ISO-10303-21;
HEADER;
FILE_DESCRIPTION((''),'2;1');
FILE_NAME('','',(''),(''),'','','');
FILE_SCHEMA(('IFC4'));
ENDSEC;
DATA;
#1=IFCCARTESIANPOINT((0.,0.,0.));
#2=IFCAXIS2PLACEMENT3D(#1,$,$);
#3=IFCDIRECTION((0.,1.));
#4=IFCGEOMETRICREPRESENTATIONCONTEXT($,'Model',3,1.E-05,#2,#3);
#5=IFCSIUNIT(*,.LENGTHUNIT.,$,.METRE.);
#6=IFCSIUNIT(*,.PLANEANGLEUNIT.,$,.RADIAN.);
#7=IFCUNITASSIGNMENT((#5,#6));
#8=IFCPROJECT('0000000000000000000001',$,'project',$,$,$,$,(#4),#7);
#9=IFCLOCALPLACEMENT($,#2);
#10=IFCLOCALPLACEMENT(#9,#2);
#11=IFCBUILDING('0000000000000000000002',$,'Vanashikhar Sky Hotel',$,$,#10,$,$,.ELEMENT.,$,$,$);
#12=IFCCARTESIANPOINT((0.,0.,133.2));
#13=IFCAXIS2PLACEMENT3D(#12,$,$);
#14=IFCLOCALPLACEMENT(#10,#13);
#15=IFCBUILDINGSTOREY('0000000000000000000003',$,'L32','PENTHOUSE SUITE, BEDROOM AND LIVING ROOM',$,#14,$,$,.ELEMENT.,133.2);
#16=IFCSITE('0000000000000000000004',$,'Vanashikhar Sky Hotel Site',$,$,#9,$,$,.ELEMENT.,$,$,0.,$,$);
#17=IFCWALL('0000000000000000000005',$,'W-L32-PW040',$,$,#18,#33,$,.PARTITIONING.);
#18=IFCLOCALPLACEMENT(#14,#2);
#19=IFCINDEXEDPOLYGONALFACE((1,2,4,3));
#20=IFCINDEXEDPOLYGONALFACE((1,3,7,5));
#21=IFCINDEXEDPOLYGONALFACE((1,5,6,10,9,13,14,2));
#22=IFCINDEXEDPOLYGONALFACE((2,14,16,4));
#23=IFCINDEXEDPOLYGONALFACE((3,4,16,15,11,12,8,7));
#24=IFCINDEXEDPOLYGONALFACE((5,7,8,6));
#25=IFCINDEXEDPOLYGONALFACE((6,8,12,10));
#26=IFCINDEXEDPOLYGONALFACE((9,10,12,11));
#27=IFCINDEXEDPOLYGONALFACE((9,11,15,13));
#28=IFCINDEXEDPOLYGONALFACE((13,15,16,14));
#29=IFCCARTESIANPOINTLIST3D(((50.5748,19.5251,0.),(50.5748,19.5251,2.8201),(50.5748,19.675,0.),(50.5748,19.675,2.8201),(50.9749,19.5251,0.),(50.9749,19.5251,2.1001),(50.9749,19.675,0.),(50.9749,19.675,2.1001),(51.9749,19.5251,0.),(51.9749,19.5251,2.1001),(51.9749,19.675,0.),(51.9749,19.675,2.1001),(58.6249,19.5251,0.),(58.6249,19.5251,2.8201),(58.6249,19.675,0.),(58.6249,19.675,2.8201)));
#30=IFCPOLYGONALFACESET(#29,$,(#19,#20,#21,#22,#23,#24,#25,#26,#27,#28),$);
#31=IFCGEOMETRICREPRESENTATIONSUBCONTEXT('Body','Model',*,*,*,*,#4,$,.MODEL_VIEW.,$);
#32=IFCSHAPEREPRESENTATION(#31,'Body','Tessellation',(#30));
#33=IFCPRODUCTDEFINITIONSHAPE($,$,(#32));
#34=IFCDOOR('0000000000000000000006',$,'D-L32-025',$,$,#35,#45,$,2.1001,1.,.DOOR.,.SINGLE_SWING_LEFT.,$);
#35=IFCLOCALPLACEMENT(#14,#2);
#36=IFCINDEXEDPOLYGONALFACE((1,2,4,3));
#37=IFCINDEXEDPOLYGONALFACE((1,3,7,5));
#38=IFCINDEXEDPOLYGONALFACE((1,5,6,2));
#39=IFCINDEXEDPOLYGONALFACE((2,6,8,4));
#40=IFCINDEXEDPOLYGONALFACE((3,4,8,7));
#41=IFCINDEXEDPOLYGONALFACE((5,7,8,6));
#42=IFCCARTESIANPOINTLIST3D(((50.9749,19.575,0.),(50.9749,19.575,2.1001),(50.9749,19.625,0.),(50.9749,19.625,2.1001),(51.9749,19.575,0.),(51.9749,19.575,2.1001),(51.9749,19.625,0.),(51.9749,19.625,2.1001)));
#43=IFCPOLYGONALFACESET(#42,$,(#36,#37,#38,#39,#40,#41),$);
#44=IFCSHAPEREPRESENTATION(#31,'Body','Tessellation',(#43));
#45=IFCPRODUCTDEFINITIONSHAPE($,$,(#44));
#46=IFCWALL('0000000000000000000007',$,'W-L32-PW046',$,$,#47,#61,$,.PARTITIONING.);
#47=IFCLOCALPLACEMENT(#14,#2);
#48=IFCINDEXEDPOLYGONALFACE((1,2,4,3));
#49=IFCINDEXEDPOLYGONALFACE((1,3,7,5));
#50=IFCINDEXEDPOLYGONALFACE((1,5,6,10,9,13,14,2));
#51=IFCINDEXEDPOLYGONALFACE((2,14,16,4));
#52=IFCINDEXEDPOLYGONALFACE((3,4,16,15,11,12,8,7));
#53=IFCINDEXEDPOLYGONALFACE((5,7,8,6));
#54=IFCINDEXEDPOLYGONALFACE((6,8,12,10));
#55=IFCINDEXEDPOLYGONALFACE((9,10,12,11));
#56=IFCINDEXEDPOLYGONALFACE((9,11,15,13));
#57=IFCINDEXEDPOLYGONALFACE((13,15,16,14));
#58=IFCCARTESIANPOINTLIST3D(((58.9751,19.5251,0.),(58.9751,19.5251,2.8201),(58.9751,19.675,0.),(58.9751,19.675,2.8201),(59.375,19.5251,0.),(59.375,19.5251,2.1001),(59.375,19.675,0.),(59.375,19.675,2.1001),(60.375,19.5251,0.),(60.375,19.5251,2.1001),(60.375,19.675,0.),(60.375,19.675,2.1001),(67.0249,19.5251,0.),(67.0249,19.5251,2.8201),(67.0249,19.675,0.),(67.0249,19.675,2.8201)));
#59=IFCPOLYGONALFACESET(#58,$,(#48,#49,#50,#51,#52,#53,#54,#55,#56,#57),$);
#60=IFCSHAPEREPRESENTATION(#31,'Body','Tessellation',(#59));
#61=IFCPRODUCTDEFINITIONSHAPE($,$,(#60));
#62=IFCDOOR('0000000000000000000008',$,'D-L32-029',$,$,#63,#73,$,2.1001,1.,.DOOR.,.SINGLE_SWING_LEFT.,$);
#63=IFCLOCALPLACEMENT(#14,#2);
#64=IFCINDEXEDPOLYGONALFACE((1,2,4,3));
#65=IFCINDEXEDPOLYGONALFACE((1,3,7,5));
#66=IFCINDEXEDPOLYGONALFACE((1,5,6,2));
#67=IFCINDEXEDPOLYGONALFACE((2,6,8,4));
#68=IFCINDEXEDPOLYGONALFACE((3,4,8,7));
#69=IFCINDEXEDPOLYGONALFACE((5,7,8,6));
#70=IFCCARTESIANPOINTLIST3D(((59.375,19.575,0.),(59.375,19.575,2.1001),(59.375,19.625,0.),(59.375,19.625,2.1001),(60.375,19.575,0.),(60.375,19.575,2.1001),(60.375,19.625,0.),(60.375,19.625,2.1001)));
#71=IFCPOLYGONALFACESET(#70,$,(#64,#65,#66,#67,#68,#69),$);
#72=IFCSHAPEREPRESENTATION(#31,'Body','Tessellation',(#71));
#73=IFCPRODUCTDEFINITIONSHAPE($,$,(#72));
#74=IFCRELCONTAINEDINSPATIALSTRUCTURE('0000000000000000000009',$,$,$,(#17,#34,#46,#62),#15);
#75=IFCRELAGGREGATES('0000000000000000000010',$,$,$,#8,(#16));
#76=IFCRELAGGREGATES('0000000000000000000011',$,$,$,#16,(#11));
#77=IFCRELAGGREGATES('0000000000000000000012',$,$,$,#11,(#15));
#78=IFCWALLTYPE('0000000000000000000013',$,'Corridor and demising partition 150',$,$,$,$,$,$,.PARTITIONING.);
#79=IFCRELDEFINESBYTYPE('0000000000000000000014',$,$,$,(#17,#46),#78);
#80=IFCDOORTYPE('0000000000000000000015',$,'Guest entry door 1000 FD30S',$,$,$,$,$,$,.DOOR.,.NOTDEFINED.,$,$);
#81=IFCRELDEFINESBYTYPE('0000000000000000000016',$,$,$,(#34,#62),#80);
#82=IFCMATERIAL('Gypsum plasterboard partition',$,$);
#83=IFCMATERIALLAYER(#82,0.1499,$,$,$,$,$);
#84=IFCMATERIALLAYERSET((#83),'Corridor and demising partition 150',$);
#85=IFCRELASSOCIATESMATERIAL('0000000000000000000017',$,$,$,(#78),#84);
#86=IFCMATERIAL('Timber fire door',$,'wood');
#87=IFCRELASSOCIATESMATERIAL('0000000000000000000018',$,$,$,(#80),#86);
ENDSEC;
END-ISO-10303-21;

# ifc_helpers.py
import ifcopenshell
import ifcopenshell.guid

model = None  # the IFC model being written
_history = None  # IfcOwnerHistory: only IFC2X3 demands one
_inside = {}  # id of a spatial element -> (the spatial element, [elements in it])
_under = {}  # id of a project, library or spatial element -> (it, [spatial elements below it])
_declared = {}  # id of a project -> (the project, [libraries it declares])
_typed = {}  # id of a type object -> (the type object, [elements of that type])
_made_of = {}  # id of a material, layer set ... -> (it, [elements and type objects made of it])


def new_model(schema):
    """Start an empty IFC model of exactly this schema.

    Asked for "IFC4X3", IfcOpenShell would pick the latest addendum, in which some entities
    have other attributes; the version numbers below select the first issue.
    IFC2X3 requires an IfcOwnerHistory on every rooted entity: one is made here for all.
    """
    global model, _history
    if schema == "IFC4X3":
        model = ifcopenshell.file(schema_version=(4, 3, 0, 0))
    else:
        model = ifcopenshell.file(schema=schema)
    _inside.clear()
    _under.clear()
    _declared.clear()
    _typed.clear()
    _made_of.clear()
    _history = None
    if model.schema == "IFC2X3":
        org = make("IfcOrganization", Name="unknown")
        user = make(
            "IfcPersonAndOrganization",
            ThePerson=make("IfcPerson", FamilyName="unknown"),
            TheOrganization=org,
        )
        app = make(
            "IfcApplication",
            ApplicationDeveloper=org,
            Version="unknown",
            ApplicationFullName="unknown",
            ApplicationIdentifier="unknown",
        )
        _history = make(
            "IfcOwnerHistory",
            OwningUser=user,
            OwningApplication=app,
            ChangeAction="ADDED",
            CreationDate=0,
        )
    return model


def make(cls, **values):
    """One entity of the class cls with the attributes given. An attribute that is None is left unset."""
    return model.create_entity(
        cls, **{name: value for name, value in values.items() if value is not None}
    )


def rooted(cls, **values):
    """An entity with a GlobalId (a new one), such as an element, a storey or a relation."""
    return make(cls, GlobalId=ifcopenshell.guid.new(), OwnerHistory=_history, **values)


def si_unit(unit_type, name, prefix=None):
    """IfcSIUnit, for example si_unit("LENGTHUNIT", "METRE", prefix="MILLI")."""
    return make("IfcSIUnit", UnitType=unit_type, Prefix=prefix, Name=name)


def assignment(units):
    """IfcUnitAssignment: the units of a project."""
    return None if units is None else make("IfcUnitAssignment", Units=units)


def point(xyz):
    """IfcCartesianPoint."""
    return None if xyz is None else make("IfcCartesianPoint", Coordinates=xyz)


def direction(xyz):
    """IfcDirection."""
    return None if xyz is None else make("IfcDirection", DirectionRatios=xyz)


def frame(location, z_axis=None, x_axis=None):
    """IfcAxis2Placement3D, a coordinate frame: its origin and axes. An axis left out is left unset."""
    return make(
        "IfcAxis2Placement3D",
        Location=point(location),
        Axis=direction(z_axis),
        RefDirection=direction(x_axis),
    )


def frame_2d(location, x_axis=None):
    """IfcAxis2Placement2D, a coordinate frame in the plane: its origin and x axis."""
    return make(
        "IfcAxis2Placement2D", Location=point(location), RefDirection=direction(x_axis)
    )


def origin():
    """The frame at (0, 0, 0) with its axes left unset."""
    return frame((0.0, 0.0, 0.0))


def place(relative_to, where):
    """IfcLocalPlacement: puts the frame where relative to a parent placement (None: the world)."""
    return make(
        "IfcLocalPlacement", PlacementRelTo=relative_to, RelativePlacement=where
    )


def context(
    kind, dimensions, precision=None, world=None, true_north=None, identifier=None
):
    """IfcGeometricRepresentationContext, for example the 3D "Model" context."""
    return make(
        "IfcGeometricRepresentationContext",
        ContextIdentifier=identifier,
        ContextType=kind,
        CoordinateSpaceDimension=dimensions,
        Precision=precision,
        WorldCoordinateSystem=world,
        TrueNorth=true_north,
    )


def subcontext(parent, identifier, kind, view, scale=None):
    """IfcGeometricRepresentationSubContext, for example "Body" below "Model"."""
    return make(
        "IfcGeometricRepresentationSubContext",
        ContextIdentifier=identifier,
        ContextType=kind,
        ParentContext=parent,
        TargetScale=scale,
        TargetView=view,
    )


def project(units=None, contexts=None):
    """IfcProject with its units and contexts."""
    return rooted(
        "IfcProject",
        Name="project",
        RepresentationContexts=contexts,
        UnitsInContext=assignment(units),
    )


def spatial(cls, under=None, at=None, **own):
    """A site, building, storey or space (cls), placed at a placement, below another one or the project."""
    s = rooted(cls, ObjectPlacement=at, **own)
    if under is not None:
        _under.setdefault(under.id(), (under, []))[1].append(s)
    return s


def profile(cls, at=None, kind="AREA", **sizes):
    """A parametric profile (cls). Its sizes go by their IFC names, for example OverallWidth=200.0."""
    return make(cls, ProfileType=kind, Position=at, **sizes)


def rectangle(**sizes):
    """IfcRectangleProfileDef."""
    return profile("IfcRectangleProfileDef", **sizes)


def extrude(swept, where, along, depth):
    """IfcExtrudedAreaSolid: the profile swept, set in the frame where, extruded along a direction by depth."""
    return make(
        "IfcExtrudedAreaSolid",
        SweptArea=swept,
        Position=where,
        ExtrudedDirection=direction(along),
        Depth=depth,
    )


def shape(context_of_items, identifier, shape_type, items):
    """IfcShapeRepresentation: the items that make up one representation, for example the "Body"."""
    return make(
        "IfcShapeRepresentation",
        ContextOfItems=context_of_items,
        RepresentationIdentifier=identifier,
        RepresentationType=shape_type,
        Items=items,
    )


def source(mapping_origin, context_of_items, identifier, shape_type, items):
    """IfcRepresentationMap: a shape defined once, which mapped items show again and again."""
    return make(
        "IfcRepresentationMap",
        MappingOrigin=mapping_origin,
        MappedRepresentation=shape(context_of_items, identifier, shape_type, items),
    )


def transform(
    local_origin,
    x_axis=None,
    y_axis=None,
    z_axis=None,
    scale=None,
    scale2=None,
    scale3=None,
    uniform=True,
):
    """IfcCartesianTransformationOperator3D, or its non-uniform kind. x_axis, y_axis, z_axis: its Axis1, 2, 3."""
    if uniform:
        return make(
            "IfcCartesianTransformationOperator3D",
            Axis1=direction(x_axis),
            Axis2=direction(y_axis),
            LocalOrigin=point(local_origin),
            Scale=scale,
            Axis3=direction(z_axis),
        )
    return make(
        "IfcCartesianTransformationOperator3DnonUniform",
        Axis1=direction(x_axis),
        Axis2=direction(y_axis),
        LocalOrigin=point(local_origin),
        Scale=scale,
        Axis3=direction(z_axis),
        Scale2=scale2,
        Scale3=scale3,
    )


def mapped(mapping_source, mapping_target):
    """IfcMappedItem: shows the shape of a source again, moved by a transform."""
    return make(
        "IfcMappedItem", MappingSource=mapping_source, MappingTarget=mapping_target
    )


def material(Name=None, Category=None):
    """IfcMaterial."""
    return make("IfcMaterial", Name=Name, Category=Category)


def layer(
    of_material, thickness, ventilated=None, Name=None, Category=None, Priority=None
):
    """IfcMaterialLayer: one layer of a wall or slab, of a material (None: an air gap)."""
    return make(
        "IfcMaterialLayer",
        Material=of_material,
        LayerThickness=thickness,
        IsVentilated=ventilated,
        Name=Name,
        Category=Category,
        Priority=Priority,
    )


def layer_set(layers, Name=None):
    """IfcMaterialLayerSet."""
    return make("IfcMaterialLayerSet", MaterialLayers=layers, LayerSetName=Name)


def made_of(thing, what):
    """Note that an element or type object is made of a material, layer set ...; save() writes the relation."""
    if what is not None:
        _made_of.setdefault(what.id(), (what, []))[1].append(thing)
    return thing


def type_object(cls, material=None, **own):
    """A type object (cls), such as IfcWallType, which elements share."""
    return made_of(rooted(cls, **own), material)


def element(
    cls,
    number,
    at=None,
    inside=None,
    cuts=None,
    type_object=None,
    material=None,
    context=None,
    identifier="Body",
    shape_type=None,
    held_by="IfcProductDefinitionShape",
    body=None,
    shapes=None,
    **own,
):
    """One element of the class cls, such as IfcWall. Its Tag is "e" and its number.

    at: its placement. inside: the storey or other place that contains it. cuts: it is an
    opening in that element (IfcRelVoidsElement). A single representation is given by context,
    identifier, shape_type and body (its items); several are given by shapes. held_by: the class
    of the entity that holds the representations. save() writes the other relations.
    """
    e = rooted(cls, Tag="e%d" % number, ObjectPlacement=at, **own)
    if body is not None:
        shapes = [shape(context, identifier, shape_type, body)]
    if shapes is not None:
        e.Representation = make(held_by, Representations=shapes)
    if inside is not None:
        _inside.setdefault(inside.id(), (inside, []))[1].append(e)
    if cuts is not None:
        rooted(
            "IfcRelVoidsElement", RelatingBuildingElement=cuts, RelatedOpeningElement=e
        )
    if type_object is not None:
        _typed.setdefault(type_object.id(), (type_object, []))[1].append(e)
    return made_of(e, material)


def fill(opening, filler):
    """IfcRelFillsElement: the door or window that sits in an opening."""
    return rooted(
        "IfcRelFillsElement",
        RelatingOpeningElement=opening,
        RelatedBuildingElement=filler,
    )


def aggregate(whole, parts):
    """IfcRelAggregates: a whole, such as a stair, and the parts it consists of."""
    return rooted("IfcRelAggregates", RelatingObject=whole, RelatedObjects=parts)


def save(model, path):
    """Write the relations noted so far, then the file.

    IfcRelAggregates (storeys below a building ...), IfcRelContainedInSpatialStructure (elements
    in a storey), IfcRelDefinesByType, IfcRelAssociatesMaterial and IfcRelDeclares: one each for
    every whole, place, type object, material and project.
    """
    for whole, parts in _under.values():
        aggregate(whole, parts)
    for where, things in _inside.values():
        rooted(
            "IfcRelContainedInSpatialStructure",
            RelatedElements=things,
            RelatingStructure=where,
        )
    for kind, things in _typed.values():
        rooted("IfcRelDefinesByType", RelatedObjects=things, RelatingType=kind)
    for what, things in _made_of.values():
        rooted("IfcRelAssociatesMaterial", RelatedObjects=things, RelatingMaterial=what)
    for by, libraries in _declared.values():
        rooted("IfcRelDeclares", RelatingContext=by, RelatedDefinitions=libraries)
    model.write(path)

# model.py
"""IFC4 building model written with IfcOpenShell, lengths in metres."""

from ifc_helpers import new_model, si_unit, direction, frame, frame_2d, origin, place, context, subcontext, project, spatial, rectangle, extrude, source, transform, mapped, material, layer, layer_set, type_object, element, fill, save


model = new_model("IFC4")

# Units and contexts
model_context = context("Model", 3, precision=1e-05, world=origin(), true_north=direction((0.0, 1.0)))
body_context = subcontext(model_context, "Body", "Model", "MODEL_VIEW")
ifc_project = project(units=[si_unit("LENGTHUNIT", "METRE"), si_unit("PLANEANGLEUNIT", "RADIAN")], contexts=[model_context])

# Site, building, storey
site_placement = place(None, origin())
site = spatial("IfcSite", under=ifc_project, at=site_placement, Name="Vanashikhar Sky Hotel Site", CompositionType="ELEMENT", RefElevation=0.0)
building_placement = place(site_placement, origin())
building = spatial("IfcBuilding", under=site, at=building_placement, Name="Vanashikhar Sky Hotel", CompositionType="ELEMENT")
storey_placement = place(building_placement, frame((0.0, 0.0, 133.2)))
storey = spatial("IfcBuildingStorey", under=building, at=storey_placement, Name="L32", Description="PENTHOUSE SUITE, BEDROOM AND LIVING ROOM", CompositionType="ELEMENT", Elevation=133.2)

# Shared definitions
shared_shape_1 = source(origin(), body_context, "Body", "SweptSolid", [
    extrude(rectangle(XDim=1.0, YDim=2.1001, at=frame_2d((0.5, 1.05))), frame((0.0, 0.0249, 0.0), z_axis=(0.0, -1.0, 0.0), x_axis=(1.0, 0.0, 0.0)), (0.0, 0.0, 1.0), 0.05),
])

# Walls, openings, doors
ifc_material_1 = material(Name="Gypsum plasterboard partition")
ifc_layer_1 = layer(ifc_material_1, 0.1499)
ifc_layer_set_1 = layer_set([ifc_layer_1], Name="Corridor and demising partition 150")
wall_type_1 = type_object("IfcWallType", Name="Corridor and demising partition 150", PredefinedType="PARTITIONING", material=ifc_layer_set_1)
shared_shape_2 = source(origin(), body_context, "Body", "SweptSolid", [
    extrude(rectangle(XDim=8.05, YDim=0.1499, at=frame_2d((4.0249, 0.0))), origin(), (0.0, 0.0, 1.0), 2.8201),
])
wall_1_placement = place(storey_placement, frame((50.575, 19.6001, 0.0), z_axis=(0.0, 0.0, 1.0), x_axis=(1.0, 0.0, 0.0)))
wall_1 = element("IfcWall", 1, at=wall_1_placement, inside=storey, type_object=wall_type_1, Name="W-L32-PW040", PredefinedType="PARTITIONING", context=body_context, shape_type="MappedRepresentation", body=[
    mapped(shared_shape_2, transform((0.0, 0.0, 0.0), scale=1.0)),
])
shared_shape_3 = source(origin(), body_context, "Body", "SweptSolid", [
    extrude(rectangle(XDim=1.0, YDim=2.1001, at=frame_2d((0.5, 1.05))), frame((0.0, 0.085, 0.0), z_axis=(0.0, -1.0, 0.0), x_axis=(1.0, 0.0, 0.0)), (0.0, 0.0, 1.0), 0.1699),
])
opening_1_placement = place(wall_1_placement, frame((0.3999, 0.0, 0.0)))
opening_1 = element("IfcOpeningElement", 2, at=opening_1_placement, cuts=wall_1, PredefinedType="OPENING", context=body_context, shape_type="MappedRepresentation", body=[
    mapped(shared_shape_3, transform((0.0, 0.0, 0.0), scale=1.0)),
])
ifc_material_2 = material(Name="Timber fire door", Category="wood")
door_type_1 = type_object("IfcDoorType", Name="Guest entry door 1000 FD30S", OperationType="NOTDEFINED", PredefinedType="DOOR", material=ifc_material_2)
door_1_placement = place(opening_1_placement, origin())
door_1 = element("IfcDoor", 3, at=door_1_placement, inside=storey, type_object=door_type_1, Name="D-L32-025", OperationType="SINGLE_SWING_LEFT", OverallHeight=2.1001, OverallWidth=1.0, PredefinedType="DOOR", context=body_context, shape_type="MappedRepresentation", body=[
    mapped(shared_shape_1, transform((0.0, 0.0, 0.0), scale=1.0)),
])
fill(opening_1, door_1)
shared_shape_4 = source(origin(), body_context, "Body", "SweptSolid", [
    extrude(rectangle(XDim=8.0498, YDim=0.1499, at=frame_2d((4.0249, 0.0))), origin(), (0.0, 0.0, 1.0), 2.8201),
])
wall_2_placement = place(storey_placement, frame((58.9751, 19.6001, 0.0), z_axis=(0.0, 0.0, 1.0), x_axis=(1.0, 0.0, 0.0)))
wall_2 = element("IfcWall", 4, at=wall_2_placement, inside=storey, type_object=wall_type_1, Name="W-L32-PW046", PredefinedType="PARTITIONING", context=body_context, shape_type="MappedRepresentation", body=[
    mapped(shared_shape_4, transform((0.0, 0.0, 0.0), scale=1.0)),
])
opening_2_placement = place(wall_2_placement, frame((0.3999, 0.0, 0.0)))
opening_2 = element("IfcOpeningElement", 5, at=opening_2_placement, cuts=wall_2, PredefinedType="OPENING", context=body_context, shape_type="MappedRepresentation", body=[
    mapped(shared_shape_3, transform((0.0, 0.0, 0.0), scale=1.0)),
])
door_2_placement = place(opening_2_placement, origin())
door_2 = element("IfcDoor", 6, at=door_2_placement, inside=storey, type_object=door_type_1, Name="D-L32-029", OperationType="SINGLE_SWING_LEFT", OverallHeight=2.1001, OverallWidth=1.0, PredefinedType="DOOR", context=body_context, shape_type="MappedRepresentation", body=[
    mapped(shared_shape_1, transform((0.0, 0.0, 0.0), scale=1.0)),
])
fill(opening_2, door_2)

save(model, "model.ifc")
